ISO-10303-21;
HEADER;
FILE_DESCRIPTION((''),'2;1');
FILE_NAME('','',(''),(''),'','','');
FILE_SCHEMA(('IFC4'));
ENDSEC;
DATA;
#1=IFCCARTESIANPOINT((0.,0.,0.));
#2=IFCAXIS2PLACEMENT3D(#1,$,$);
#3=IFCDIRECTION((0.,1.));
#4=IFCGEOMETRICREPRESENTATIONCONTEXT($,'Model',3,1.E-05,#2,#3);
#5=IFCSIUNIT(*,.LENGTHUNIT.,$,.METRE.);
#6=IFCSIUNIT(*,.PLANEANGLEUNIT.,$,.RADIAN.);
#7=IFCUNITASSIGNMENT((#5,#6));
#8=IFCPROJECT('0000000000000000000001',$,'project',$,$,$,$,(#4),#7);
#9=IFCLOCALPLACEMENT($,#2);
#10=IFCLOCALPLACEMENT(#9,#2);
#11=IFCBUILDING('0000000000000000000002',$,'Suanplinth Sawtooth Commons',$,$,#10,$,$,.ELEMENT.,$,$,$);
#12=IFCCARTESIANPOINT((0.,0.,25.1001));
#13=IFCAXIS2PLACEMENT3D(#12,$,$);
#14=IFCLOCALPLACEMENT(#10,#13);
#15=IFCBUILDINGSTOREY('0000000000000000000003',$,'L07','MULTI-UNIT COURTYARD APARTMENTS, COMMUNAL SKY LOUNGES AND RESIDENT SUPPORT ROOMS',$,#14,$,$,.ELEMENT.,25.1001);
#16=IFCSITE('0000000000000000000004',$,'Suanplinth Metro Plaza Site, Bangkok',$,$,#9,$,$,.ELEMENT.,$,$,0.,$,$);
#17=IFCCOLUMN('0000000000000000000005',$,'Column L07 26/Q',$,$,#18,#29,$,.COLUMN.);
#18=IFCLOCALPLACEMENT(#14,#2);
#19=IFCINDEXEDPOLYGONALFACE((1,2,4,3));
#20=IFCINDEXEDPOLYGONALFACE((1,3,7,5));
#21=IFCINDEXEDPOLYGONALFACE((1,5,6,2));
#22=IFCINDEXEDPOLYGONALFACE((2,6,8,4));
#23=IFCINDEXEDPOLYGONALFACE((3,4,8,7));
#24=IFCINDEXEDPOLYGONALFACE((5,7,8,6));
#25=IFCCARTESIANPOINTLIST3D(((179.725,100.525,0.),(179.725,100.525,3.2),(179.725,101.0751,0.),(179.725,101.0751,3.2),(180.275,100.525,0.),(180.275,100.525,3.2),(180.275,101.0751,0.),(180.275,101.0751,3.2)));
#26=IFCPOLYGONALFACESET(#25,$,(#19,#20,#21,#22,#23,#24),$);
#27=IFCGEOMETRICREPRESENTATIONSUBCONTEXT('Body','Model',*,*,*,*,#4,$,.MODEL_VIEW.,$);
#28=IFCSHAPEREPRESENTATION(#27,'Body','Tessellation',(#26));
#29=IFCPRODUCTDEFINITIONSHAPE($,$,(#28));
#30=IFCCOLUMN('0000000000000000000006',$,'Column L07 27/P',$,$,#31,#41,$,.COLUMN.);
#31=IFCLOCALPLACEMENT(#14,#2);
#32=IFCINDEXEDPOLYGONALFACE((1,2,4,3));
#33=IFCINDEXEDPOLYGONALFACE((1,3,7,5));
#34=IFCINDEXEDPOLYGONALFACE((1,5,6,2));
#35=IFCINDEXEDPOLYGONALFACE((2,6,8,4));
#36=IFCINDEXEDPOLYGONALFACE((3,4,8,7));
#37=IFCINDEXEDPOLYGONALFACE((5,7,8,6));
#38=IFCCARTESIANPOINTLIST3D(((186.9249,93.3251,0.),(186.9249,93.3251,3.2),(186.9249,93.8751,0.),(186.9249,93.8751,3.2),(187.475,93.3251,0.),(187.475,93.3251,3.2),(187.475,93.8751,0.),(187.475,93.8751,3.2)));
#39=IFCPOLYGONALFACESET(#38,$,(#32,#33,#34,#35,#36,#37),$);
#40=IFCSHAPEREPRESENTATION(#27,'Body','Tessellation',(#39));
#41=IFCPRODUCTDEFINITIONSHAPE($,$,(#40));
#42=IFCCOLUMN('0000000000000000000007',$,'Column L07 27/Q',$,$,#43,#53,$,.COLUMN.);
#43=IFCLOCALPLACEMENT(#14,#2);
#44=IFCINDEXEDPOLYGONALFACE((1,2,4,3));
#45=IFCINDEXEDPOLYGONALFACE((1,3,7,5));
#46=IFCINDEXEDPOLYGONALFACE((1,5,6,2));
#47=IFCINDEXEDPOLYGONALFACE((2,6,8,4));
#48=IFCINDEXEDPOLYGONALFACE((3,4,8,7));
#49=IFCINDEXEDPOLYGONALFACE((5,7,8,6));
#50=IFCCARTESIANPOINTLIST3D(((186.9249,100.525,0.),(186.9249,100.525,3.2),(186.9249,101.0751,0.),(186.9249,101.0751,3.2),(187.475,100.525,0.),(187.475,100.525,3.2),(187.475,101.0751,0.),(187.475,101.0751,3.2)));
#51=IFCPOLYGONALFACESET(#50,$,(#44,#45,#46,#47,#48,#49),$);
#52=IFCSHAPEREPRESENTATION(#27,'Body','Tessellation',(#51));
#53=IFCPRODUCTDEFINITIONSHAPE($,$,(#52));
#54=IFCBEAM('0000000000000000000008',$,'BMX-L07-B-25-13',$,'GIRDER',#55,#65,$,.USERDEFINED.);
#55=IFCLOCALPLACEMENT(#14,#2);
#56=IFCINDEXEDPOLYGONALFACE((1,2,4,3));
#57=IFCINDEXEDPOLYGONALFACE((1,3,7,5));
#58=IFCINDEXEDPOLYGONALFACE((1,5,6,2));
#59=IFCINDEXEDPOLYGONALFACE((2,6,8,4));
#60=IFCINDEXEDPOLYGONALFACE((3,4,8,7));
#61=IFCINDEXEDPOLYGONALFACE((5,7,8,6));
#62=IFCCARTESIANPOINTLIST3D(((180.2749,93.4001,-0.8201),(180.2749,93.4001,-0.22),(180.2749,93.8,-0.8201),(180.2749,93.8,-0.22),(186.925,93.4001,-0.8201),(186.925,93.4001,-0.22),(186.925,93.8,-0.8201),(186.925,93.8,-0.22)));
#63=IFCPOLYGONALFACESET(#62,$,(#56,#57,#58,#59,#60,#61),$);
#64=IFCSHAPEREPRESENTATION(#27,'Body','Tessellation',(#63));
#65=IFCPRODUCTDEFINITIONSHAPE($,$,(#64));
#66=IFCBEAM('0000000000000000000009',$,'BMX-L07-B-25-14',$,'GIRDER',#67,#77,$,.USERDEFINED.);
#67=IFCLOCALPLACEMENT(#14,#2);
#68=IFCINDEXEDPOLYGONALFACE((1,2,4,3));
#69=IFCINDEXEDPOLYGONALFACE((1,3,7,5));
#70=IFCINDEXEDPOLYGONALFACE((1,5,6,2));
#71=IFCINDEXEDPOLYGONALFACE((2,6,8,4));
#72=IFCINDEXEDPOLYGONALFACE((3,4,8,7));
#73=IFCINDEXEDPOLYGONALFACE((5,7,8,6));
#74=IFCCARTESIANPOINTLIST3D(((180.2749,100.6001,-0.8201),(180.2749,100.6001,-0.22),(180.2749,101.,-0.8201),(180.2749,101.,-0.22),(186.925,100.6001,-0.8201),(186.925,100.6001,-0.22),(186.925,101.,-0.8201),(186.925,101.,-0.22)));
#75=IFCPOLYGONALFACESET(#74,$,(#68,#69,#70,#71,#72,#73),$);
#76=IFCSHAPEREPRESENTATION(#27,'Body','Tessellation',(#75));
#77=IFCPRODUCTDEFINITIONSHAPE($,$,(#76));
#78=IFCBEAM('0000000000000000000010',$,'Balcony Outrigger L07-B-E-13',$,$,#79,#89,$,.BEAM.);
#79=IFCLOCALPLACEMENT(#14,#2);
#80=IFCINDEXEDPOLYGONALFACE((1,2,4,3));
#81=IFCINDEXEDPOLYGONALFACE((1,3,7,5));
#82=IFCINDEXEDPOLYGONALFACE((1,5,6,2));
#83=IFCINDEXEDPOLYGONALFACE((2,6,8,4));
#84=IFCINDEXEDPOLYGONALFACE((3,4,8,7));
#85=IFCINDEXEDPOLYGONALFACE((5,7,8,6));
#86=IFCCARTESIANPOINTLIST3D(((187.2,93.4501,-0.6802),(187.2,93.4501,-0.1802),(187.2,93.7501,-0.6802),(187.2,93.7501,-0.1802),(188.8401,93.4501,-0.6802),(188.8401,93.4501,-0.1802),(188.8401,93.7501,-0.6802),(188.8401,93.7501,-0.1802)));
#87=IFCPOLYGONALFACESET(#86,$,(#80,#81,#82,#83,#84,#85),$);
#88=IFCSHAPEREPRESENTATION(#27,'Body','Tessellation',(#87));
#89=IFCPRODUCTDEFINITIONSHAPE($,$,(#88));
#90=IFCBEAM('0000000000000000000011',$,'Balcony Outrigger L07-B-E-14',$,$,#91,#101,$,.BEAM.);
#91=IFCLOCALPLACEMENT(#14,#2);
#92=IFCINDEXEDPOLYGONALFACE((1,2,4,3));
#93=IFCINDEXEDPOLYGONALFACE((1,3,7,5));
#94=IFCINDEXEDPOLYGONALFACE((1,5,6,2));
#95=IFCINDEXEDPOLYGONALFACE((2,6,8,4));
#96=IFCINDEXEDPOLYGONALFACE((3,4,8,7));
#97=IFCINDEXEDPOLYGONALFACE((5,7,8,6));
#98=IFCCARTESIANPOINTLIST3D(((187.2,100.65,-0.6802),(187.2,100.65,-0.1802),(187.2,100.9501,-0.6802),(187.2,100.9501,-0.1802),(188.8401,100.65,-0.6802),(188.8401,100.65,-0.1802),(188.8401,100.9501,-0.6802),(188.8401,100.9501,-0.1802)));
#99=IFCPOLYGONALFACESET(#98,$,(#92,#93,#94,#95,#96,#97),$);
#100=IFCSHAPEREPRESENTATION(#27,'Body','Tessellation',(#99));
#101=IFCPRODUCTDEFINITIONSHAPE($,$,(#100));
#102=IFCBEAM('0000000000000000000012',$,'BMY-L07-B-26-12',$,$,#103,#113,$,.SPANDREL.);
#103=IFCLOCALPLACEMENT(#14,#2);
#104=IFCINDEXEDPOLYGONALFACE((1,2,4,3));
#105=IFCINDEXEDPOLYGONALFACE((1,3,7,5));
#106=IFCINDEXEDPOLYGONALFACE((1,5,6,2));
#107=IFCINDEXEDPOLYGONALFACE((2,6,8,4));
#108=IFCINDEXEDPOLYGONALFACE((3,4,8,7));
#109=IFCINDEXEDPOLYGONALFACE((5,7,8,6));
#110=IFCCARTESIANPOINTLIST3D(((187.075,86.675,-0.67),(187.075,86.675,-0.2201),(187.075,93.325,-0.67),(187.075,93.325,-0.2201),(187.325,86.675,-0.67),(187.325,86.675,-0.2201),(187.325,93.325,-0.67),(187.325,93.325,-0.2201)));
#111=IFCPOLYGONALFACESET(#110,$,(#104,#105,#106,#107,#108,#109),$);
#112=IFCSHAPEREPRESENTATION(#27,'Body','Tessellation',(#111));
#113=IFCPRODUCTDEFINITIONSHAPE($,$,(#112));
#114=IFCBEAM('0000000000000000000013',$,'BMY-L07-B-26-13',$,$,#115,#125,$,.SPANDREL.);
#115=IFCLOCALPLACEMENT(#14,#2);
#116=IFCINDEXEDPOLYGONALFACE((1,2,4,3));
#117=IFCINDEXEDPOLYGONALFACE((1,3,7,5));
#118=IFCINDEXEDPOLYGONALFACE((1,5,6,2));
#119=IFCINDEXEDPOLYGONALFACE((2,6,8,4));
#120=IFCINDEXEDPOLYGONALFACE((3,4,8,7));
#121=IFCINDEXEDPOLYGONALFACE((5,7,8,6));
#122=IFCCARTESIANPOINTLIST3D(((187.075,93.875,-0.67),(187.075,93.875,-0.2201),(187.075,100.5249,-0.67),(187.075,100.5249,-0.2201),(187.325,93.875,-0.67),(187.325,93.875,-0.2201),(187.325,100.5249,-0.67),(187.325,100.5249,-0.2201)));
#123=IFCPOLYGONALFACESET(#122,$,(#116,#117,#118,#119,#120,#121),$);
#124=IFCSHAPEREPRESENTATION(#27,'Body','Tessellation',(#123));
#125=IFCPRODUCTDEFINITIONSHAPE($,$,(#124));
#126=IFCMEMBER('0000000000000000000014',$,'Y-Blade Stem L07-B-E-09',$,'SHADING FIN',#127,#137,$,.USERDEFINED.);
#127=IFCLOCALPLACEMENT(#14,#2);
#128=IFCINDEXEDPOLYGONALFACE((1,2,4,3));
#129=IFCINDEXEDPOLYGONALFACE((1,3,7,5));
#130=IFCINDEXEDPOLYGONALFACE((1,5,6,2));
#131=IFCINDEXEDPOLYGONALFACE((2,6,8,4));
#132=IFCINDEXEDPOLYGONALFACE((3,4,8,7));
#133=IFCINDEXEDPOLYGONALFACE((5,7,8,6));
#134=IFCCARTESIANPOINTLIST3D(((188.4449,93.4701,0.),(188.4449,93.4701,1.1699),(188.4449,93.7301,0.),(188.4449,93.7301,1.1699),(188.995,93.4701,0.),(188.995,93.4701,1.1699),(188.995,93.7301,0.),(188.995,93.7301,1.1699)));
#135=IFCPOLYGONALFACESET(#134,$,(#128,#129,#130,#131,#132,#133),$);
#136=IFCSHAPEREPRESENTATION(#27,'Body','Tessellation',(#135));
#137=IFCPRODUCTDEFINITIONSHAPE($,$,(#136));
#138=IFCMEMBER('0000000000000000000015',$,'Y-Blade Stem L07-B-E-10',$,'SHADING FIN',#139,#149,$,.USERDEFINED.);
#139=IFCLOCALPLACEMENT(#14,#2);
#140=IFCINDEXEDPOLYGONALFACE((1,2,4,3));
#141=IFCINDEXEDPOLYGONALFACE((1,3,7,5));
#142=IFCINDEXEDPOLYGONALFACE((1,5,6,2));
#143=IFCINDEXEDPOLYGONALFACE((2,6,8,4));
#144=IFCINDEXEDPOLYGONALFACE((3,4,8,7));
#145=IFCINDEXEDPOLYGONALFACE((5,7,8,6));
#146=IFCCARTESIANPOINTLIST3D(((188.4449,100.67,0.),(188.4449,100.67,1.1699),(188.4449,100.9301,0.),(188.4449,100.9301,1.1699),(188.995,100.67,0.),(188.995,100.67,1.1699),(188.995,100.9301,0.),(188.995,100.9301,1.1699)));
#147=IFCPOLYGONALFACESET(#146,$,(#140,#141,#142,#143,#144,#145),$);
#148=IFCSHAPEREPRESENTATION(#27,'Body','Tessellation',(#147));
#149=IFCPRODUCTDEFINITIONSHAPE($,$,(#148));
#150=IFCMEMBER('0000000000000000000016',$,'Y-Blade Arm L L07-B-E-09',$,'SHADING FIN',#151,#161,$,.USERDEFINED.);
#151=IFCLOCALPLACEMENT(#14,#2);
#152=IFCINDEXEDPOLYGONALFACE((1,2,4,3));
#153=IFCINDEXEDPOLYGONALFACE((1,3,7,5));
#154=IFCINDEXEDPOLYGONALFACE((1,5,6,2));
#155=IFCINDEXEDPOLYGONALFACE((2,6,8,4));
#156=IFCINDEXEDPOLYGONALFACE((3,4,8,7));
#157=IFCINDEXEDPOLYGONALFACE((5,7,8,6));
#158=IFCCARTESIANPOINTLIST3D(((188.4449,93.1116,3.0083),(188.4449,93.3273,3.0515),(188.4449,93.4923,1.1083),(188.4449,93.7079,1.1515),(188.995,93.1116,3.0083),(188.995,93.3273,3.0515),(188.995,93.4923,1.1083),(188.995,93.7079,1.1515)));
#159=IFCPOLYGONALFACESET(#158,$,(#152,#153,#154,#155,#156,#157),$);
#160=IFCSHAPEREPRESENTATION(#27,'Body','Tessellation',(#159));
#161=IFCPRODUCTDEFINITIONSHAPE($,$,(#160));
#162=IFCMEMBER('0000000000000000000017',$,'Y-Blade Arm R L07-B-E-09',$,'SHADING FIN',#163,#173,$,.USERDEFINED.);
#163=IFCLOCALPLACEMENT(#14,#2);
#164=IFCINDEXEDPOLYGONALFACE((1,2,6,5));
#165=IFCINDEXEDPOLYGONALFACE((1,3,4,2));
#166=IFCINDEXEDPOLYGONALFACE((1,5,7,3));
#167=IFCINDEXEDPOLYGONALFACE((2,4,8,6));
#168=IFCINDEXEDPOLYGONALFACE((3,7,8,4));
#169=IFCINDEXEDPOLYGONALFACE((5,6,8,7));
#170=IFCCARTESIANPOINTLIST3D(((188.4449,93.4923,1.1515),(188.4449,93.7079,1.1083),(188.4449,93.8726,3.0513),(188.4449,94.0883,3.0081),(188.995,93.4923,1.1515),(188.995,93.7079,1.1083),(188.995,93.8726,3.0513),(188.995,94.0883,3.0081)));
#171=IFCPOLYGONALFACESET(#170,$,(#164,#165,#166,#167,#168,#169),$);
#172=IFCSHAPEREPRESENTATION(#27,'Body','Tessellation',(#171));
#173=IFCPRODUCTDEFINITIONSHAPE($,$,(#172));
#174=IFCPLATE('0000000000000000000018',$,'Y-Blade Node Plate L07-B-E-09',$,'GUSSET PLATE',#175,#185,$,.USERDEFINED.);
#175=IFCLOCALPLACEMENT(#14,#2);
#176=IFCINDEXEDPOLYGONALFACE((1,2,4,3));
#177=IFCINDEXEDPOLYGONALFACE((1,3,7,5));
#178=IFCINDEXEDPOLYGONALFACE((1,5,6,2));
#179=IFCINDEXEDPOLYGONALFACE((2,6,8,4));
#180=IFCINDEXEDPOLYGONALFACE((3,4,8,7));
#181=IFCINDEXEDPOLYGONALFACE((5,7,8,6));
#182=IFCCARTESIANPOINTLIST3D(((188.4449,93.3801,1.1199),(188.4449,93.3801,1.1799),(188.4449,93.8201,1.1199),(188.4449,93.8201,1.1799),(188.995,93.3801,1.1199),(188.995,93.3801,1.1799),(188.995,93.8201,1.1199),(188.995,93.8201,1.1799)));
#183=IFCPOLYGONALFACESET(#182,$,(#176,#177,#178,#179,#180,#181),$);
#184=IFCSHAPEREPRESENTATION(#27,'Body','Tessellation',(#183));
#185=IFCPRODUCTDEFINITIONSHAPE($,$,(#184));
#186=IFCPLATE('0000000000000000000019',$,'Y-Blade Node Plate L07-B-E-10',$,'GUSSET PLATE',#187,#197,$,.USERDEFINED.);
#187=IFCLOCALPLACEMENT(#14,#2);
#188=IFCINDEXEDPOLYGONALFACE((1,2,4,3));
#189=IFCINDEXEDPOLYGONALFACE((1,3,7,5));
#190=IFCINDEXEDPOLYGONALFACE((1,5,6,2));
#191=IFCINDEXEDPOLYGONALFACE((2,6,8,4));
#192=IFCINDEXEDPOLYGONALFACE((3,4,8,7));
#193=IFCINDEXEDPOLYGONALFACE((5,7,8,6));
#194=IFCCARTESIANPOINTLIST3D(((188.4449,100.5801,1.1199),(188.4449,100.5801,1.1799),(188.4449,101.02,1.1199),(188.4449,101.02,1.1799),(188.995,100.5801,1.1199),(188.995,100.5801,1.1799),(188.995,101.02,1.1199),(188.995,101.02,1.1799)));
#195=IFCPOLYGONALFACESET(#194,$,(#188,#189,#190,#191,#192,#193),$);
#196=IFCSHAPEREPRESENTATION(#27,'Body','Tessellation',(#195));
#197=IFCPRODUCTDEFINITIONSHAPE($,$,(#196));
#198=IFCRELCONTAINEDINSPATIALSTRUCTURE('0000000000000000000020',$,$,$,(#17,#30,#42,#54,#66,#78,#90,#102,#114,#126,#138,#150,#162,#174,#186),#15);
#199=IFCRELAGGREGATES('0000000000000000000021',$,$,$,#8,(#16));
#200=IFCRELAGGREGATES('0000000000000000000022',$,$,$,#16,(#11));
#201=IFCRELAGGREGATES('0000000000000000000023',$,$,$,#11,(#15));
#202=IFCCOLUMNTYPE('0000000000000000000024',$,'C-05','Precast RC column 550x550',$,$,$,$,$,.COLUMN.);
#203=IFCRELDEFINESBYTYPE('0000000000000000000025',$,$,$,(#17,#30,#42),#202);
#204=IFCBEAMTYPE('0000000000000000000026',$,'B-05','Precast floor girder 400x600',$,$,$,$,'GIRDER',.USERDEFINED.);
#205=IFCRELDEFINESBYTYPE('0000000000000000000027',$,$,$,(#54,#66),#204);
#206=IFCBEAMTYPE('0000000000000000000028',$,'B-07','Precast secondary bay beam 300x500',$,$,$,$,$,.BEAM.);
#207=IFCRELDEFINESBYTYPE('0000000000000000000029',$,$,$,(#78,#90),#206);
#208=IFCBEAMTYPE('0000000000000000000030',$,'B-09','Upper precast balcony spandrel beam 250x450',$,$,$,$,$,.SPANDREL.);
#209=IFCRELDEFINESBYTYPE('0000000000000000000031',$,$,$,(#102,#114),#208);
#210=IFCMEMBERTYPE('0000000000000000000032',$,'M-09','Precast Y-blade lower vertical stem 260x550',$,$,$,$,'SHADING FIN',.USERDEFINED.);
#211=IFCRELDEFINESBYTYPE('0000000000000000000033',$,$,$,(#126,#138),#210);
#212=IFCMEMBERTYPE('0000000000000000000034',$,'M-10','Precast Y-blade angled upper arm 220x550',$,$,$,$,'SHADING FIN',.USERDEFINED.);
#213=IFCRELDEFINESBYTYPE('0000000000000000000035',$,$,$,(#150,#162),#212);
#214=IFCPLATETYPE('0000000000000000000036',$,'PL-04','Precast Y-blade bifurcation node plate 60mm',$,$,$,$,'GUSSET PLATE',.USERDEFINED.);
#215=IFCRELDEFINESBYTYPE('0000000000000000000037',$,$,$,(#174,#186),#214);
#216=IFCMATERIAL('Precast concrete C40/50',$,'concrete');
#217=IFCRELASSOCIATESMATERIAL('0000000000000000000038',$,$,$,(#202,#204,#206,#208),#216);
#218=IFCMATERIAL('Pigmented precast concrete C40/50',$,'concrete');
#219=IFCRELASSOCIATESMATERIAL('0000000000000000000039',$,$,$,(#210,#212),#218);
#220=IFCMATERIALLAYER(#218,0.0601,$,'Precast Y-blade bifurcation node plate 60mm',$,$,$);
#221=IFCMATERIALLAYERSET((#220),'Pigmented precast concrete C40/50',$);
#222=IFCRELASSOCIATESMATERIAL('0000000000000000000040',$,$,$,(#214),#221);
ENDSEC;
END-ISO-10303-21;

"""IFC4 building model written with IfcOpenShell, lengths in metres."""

from ifc_helpers import new_model, si_unit, direction, frame, origin, origin_2d, place, context, subcontext, project, spatial, rectangle, extrude, material, layer, layer_set, material_profile, profile_set, type_object, element, save


model = new_model("IFC4")

# Units and contexts
model_context = context("Model", 3, precision=1e-05, world=origin(), true_north=direction((0.0, 1.0)))
body_context = subcontext(model_context, "Body", "Model", "MODEL_VIEW")
ifc_project = project(units=[si_unit("LENGTHUNIT", "METRE"), si_unit("PLANEANGLEUNIT", "RADIAN")], contexts=[model_context])

# Site, building, storey
site_placement = place(None, origin())
site = spatial("IfcSite", under=ifc_project, at=site_placement, Name="Suanplinth Metro Plaza Site, Bangkok", CompositionType="ELEMENT", RefElevation=0.0)
building_placement = place(site_placement, origin())
building = spatial("IfcBuilding", under=site, at=building_placement, Name="Suanplinth Sawtooth Commons", CompositionType="ELEMENT")
storey_placement = place(building_placement, frame((0.0, 0.0, 25.1001)))
storey = spatial("IfcBuildingStorey", under=building, at=storey_placement, Name="L07", Description="MULTI-UNIT COURTYARD APARTMENTS, COMMUNAL SKY LOUNGES AND RESIDENT SUPPORT ROOMS", CompositionType="ELEMENT", Elevation=25.1001)

# Columns
ifc_material_1 = material(Name="Precast concrete C40/50", Category="concrete")
ifc_material_profile_1 = material_profile(ifc_material_1, rectangle(XDim=0.55, YDim=0.55, at=origin_2d()), Name="PC-COL 550x550")
ifc_profile_set_1 = profile_set([ifc_material_profile_1], Name="Precast concrete C40/50")
column_type = type_object("IfcColumnType", Name="C-05", Description="Precast RC column 550x550", PredefinedType="COLUMN", material=ifc_profile_set_1)
for number, where, z_axis, x_axis, name in (
    (1, (180.0, 100.8, 0.0), (0.0, 0.0, 1.0), (1.0, 0.0, 0.0), "Column L07 26/Q"),
    (2, (187.2, 93.6001, 0.0), (0.0, 0.0, 1.0), (1.0, 0.0, 0.0), "Column L07 27/P"),
    (3, (187.2, 100.8, 0.0), (0.0, 0.0, 1.0), (1.0, 0.0, 0.0), "Column L07 27/Q"),
):
    element("IfcColumn", number, at=place(storey_placement, frame(where, z_axis=z_axis, x_axis=x_axis)), inside=storey, type_object=column_type, Name=name, PredefinedType="COLUMN", context=body_context, shape_type="SweptSolid", body=[
        extrude(rectangle(XDim=0.55, YDim=0.55, at=origin_2d()), origin(), (0.0, 0.0, 1.0), 3.2),
    ])

# Beams
ifc_material_profile_2 = material_profile(ifc_material_1, rectangle(XDim=0.3999, YDim=0.6001, at=origin_2d()), Name="PC-GDR 400x600")
ifc_profile_set_2 = profile_set([ifc_material_profile_2], Name="Precast concrete C40/50")
beam_type_1 = type_object("IfcBeamType", Name="B-05", Description="Precast floor girder 400x600", ElementType="GIRDER", PredefinedType="USERDEFINED", material=ifc_profile_set_2)
for number, where, z_axis, x_axis, name in (
    (4, (180.2749, 93.6001, -0.52), (1.0, 0.0, 0.0), (0.0, 1.0, 0.0), "BMX-L07-B-25-13"),
    (5, (180.2749, 100.8, -0.52), (1.0, 0.0, 0.0), (0.0, 1.0, 0.0), "BMX-L07-B-25-14"),
):
    element("IfcBeam", number, at=place(storey_placement, frame(where, z_axis=z_axis, x_axis=x_axis)), inside=storey, type_object=beam_type_1, Name=name, ObjectType="GIRDER", PredefinedType="USERDEFINED", context=body_context, shape_type="SweptSolid", body=[
        extrude(rectangle(XDim=0.3999, YDim=0.6001, at=origin_2d()), origin(), (0.0, 0.0, 1.0), 6.6501),
    ])
ifc_material_profile_3 = material_profile(ifc_material_1, rectangle(XDim=0.3, YDim=0.5, at=origin_2d()), Name="PC-BM 300x500")
ifc_profile_set_3 = profile_set([ifc_material_profile_3], Name="Precast concrete C40/50")
beam_type_2 = type_object("IfcBeamType", Name="B-07", Description="Precast secondary bay beam 300x500", PredefinedType="BEAM", material=ifc_profile_set_3)
for number, where, z_axis, x_axis, name in (
    (6, (187.2, 93.6001, -0.4302), (1.0, 0.0, 0.0), (0.0, 1.0, 0.0), "Balcony Outrigger L07-B-E-13"),
    (7, (187.2, 100.8, -0.4302), (1.0, 0.0, 0.0), (0.0, 1.0, 0.0), "Balcony Outrigger L07-B-E-14"),
):
    element("IfcBeam", number, at=place(storey_placement, frame(where, z_axis=z_axis, x_axis=x_axis)), inside=storey, type_object=beam_type_2, Name=name, PredefinedType="BEAM", context=body_context, shape_type="SweptSolid", body=[
        extrude(rectangle(XDim=0.3, YDim=0.5, at=origin_2d()), origin(), (0.0, 0.0, 1.0), 1.6401),
    ])
ifc_material_profile_4 = material_profile(ifc_material_1, rectangle(XDim=0.25, YDim=0.45, at=origin_2d()), Name="PC-SP 250x450")
ifc_profile_set_4 = profile_set([ifc_material_profile_4], Name="Precast concrete C40/50")
beam_type_3 = type_object("IfcBeamType", Name="B-09", Description="Upper precast balcony spandrel beam 250x450", PredefinedType="SPANDREL", material=ifc_profile_set_4)
for number, where, z_axis, x_axis, name in (
    (8, (187.2, 86.675, -0.4451), (0.0, 1.0, 0.0), (-1.0, 0.0, 0.0), "BMY-L07-B-26-12"),
    (9, (187.2, 93.875, -0.4451), (0.0, 1.0, 0.0), (-1.0, 0.0, 0.0), "BMY-L07-B-26-13"),
):
    element("IfcBeam", number, at=place(storey_placement, frame(where, z_axis=z_axis, x_axis=x_axis)), inside=storey, type_object=beam_type_3, Name=name, PredefinedType="SPANDREL", context=body_context, shape_type="SweptSolid", body=[
        extrude(rectangle(XDim=0.25, YDim=0.45, at=origin_2d()), origin(), (0.0, 0.0, 1.0), 6.6499),
    ])

# Members
ifc_material_2 = material(Name="Pigmented precast concrete C40/50", Category="concrete")
ifc_material_profile_5 = material_profile(ifc_material_2, rectangle(XDim=0.26, YDim=0.55, at=origin_2d()), Name="PC-FIN 260x550")
ifc_profile_set_5 = profile_set([ifc_material_profile_5], Name="Pigmented precast concrete C40/50")
member_type_1 = type_object("IfcMemberType", Name="M-09", Description="Precast Y-blade lower vertical stem 260x550", ElementType="SHADING FIN", PredefinedType="USERDEFINED", material=ifc_profile_set_5)
for number, where, z_axis, x_axis, name in (
    (10, (188.72, 93.6001, 0.0), (0.0, 0.0, 1.0), (0.0, 1.0, 0.0), "Y-Blade Stem L07-B-E-09"),
    (11, (188.72, 100.8, 0.0), (0.0, 0.0, 1.0), (0.0, 1.0, 0.0), "Y-Blade Stem L07-B-E-10"),
):
    element("IfcMember", number, at=place(storey_placement, frame(where, z_axis=z_axis, x_axis=x_axis)), inside=storey, type_object=member_type_1, Name=name, ObjectType="SHADING FIN", PredefinedType="USERDEFINED", context=body_context, shape_type="SweptSolid", body=[
        extrude(rectangle(XDim=0.26, YDim=0.55, at=origin_2d()), origin(), (0.0, 0.0, 1.0), 1.1699),
    ])
ifc_material_profile_6 = material_profile(ifc_material_2, rectangle(XDim=0.22, YDim=0.55, at=origin_2d()), Name="PC-FIN 220x550")
ifc_profile_set_6 = profile_set([ifc_material_profile_6], Name="Pigmented precast concrete C40/50")
member_type_2 = type_object("IfcMemberType", Name="M-10", Description="Precast Y-blade angled upper arm 220x550", ElementType="SHADING FIN", PredefinedType="USERDEFINED", material=ifc_profile_set_6)
member_1_placement = place(storey_placement, frame((188.72, 93.6001, 1.1299), z_axis=(0.0, -0.196431, 0.980518), x_axis=(0.0, 0.980518, 0.196431)))
element("IfcMember", 12, at=member_1_placement, inside=storey, type_object=member_type_2, Name="Y-Blade Arm L L07-B-E-09", ObjectType="SHADING FIN", PredefinedType="USERDEFINED", context=body_context, shape_type="SweptSolid", body=[
    extrude(rectangle(XDim=0.22, YDim=0.55, at=origin_2d()), origin(), (0.0, 0.0, 1.0), 1.9377),
])
member_2_placement = place(storey_placement, frame((188.72, 93.6001, 1.1299), z_axis=(0.0, 0.19631, 0.980542), x_axis=(0.0, -0.980542, 0.19631)))
element("IfcMember", 13, at=member_2_placement, inside=storey, type_object=member_type_2, Name="Y-Blade Arm R L07-B-E-09", ObjectType="SHADING FIN", PredefinedType="USERDEFINED", context=body_context, shape_type="SweptSolid", body=[
    extrude(rectangle(XDim=0.22, YDim=0.55, at=origin_2d()), origin(), (0.0, 0.0, 1.0), 1.9375),
])

# Plates
ifc_layer_1 = layer(ifc_material_2, 0.0601, Name="Precast Y-blade bifurcation node plate 60mm")
ifc_layer_set_1 = layer_set([ifc_layer_1], Name="Pigmented precast concrete C40/50")
plate_type = type_object("IfcPlateType", Name="PL-04", Description="Precast Y-blade bifurcation node plate 60mm", ElementType="GUSSET PLATE", PredefinedType="USERDEFINED", material=ifc_layer_set_1)
for number, where, z_axis, x_axis, name in (
    (14, (188.72, 93.6001, 1.1199), (0.0, 0.0, 1.0), (0.0, 1.0, 0.0), "Y-Blade Node Plate L07-B-E-09"),
    (15, (188.72, 100.8, 1.1199), (0.0, 0.0, 1.0), (0.0, 1.0, 0.0), "Y-Blade Node Plate L07-B-E-10"),
):
    element("IfcPlate", number, at=place(storey_placement, frame(where, z_axis=z_axis, x_axis=x_axis)), inside=storey, type_object=plate_type, Name=name, ObjectType="GUSSET PLATE", PredefinedType="USERDEFINED", context=body_context, shape_type="SweptSolid", body=[
        extrude(rectangle(XDim=0.4399, YDim=0.55, at=origin_2d()), origin(), (0.0, 0.0, 1.0), 0.0601),
    ])

save(model, "model.ifc")
